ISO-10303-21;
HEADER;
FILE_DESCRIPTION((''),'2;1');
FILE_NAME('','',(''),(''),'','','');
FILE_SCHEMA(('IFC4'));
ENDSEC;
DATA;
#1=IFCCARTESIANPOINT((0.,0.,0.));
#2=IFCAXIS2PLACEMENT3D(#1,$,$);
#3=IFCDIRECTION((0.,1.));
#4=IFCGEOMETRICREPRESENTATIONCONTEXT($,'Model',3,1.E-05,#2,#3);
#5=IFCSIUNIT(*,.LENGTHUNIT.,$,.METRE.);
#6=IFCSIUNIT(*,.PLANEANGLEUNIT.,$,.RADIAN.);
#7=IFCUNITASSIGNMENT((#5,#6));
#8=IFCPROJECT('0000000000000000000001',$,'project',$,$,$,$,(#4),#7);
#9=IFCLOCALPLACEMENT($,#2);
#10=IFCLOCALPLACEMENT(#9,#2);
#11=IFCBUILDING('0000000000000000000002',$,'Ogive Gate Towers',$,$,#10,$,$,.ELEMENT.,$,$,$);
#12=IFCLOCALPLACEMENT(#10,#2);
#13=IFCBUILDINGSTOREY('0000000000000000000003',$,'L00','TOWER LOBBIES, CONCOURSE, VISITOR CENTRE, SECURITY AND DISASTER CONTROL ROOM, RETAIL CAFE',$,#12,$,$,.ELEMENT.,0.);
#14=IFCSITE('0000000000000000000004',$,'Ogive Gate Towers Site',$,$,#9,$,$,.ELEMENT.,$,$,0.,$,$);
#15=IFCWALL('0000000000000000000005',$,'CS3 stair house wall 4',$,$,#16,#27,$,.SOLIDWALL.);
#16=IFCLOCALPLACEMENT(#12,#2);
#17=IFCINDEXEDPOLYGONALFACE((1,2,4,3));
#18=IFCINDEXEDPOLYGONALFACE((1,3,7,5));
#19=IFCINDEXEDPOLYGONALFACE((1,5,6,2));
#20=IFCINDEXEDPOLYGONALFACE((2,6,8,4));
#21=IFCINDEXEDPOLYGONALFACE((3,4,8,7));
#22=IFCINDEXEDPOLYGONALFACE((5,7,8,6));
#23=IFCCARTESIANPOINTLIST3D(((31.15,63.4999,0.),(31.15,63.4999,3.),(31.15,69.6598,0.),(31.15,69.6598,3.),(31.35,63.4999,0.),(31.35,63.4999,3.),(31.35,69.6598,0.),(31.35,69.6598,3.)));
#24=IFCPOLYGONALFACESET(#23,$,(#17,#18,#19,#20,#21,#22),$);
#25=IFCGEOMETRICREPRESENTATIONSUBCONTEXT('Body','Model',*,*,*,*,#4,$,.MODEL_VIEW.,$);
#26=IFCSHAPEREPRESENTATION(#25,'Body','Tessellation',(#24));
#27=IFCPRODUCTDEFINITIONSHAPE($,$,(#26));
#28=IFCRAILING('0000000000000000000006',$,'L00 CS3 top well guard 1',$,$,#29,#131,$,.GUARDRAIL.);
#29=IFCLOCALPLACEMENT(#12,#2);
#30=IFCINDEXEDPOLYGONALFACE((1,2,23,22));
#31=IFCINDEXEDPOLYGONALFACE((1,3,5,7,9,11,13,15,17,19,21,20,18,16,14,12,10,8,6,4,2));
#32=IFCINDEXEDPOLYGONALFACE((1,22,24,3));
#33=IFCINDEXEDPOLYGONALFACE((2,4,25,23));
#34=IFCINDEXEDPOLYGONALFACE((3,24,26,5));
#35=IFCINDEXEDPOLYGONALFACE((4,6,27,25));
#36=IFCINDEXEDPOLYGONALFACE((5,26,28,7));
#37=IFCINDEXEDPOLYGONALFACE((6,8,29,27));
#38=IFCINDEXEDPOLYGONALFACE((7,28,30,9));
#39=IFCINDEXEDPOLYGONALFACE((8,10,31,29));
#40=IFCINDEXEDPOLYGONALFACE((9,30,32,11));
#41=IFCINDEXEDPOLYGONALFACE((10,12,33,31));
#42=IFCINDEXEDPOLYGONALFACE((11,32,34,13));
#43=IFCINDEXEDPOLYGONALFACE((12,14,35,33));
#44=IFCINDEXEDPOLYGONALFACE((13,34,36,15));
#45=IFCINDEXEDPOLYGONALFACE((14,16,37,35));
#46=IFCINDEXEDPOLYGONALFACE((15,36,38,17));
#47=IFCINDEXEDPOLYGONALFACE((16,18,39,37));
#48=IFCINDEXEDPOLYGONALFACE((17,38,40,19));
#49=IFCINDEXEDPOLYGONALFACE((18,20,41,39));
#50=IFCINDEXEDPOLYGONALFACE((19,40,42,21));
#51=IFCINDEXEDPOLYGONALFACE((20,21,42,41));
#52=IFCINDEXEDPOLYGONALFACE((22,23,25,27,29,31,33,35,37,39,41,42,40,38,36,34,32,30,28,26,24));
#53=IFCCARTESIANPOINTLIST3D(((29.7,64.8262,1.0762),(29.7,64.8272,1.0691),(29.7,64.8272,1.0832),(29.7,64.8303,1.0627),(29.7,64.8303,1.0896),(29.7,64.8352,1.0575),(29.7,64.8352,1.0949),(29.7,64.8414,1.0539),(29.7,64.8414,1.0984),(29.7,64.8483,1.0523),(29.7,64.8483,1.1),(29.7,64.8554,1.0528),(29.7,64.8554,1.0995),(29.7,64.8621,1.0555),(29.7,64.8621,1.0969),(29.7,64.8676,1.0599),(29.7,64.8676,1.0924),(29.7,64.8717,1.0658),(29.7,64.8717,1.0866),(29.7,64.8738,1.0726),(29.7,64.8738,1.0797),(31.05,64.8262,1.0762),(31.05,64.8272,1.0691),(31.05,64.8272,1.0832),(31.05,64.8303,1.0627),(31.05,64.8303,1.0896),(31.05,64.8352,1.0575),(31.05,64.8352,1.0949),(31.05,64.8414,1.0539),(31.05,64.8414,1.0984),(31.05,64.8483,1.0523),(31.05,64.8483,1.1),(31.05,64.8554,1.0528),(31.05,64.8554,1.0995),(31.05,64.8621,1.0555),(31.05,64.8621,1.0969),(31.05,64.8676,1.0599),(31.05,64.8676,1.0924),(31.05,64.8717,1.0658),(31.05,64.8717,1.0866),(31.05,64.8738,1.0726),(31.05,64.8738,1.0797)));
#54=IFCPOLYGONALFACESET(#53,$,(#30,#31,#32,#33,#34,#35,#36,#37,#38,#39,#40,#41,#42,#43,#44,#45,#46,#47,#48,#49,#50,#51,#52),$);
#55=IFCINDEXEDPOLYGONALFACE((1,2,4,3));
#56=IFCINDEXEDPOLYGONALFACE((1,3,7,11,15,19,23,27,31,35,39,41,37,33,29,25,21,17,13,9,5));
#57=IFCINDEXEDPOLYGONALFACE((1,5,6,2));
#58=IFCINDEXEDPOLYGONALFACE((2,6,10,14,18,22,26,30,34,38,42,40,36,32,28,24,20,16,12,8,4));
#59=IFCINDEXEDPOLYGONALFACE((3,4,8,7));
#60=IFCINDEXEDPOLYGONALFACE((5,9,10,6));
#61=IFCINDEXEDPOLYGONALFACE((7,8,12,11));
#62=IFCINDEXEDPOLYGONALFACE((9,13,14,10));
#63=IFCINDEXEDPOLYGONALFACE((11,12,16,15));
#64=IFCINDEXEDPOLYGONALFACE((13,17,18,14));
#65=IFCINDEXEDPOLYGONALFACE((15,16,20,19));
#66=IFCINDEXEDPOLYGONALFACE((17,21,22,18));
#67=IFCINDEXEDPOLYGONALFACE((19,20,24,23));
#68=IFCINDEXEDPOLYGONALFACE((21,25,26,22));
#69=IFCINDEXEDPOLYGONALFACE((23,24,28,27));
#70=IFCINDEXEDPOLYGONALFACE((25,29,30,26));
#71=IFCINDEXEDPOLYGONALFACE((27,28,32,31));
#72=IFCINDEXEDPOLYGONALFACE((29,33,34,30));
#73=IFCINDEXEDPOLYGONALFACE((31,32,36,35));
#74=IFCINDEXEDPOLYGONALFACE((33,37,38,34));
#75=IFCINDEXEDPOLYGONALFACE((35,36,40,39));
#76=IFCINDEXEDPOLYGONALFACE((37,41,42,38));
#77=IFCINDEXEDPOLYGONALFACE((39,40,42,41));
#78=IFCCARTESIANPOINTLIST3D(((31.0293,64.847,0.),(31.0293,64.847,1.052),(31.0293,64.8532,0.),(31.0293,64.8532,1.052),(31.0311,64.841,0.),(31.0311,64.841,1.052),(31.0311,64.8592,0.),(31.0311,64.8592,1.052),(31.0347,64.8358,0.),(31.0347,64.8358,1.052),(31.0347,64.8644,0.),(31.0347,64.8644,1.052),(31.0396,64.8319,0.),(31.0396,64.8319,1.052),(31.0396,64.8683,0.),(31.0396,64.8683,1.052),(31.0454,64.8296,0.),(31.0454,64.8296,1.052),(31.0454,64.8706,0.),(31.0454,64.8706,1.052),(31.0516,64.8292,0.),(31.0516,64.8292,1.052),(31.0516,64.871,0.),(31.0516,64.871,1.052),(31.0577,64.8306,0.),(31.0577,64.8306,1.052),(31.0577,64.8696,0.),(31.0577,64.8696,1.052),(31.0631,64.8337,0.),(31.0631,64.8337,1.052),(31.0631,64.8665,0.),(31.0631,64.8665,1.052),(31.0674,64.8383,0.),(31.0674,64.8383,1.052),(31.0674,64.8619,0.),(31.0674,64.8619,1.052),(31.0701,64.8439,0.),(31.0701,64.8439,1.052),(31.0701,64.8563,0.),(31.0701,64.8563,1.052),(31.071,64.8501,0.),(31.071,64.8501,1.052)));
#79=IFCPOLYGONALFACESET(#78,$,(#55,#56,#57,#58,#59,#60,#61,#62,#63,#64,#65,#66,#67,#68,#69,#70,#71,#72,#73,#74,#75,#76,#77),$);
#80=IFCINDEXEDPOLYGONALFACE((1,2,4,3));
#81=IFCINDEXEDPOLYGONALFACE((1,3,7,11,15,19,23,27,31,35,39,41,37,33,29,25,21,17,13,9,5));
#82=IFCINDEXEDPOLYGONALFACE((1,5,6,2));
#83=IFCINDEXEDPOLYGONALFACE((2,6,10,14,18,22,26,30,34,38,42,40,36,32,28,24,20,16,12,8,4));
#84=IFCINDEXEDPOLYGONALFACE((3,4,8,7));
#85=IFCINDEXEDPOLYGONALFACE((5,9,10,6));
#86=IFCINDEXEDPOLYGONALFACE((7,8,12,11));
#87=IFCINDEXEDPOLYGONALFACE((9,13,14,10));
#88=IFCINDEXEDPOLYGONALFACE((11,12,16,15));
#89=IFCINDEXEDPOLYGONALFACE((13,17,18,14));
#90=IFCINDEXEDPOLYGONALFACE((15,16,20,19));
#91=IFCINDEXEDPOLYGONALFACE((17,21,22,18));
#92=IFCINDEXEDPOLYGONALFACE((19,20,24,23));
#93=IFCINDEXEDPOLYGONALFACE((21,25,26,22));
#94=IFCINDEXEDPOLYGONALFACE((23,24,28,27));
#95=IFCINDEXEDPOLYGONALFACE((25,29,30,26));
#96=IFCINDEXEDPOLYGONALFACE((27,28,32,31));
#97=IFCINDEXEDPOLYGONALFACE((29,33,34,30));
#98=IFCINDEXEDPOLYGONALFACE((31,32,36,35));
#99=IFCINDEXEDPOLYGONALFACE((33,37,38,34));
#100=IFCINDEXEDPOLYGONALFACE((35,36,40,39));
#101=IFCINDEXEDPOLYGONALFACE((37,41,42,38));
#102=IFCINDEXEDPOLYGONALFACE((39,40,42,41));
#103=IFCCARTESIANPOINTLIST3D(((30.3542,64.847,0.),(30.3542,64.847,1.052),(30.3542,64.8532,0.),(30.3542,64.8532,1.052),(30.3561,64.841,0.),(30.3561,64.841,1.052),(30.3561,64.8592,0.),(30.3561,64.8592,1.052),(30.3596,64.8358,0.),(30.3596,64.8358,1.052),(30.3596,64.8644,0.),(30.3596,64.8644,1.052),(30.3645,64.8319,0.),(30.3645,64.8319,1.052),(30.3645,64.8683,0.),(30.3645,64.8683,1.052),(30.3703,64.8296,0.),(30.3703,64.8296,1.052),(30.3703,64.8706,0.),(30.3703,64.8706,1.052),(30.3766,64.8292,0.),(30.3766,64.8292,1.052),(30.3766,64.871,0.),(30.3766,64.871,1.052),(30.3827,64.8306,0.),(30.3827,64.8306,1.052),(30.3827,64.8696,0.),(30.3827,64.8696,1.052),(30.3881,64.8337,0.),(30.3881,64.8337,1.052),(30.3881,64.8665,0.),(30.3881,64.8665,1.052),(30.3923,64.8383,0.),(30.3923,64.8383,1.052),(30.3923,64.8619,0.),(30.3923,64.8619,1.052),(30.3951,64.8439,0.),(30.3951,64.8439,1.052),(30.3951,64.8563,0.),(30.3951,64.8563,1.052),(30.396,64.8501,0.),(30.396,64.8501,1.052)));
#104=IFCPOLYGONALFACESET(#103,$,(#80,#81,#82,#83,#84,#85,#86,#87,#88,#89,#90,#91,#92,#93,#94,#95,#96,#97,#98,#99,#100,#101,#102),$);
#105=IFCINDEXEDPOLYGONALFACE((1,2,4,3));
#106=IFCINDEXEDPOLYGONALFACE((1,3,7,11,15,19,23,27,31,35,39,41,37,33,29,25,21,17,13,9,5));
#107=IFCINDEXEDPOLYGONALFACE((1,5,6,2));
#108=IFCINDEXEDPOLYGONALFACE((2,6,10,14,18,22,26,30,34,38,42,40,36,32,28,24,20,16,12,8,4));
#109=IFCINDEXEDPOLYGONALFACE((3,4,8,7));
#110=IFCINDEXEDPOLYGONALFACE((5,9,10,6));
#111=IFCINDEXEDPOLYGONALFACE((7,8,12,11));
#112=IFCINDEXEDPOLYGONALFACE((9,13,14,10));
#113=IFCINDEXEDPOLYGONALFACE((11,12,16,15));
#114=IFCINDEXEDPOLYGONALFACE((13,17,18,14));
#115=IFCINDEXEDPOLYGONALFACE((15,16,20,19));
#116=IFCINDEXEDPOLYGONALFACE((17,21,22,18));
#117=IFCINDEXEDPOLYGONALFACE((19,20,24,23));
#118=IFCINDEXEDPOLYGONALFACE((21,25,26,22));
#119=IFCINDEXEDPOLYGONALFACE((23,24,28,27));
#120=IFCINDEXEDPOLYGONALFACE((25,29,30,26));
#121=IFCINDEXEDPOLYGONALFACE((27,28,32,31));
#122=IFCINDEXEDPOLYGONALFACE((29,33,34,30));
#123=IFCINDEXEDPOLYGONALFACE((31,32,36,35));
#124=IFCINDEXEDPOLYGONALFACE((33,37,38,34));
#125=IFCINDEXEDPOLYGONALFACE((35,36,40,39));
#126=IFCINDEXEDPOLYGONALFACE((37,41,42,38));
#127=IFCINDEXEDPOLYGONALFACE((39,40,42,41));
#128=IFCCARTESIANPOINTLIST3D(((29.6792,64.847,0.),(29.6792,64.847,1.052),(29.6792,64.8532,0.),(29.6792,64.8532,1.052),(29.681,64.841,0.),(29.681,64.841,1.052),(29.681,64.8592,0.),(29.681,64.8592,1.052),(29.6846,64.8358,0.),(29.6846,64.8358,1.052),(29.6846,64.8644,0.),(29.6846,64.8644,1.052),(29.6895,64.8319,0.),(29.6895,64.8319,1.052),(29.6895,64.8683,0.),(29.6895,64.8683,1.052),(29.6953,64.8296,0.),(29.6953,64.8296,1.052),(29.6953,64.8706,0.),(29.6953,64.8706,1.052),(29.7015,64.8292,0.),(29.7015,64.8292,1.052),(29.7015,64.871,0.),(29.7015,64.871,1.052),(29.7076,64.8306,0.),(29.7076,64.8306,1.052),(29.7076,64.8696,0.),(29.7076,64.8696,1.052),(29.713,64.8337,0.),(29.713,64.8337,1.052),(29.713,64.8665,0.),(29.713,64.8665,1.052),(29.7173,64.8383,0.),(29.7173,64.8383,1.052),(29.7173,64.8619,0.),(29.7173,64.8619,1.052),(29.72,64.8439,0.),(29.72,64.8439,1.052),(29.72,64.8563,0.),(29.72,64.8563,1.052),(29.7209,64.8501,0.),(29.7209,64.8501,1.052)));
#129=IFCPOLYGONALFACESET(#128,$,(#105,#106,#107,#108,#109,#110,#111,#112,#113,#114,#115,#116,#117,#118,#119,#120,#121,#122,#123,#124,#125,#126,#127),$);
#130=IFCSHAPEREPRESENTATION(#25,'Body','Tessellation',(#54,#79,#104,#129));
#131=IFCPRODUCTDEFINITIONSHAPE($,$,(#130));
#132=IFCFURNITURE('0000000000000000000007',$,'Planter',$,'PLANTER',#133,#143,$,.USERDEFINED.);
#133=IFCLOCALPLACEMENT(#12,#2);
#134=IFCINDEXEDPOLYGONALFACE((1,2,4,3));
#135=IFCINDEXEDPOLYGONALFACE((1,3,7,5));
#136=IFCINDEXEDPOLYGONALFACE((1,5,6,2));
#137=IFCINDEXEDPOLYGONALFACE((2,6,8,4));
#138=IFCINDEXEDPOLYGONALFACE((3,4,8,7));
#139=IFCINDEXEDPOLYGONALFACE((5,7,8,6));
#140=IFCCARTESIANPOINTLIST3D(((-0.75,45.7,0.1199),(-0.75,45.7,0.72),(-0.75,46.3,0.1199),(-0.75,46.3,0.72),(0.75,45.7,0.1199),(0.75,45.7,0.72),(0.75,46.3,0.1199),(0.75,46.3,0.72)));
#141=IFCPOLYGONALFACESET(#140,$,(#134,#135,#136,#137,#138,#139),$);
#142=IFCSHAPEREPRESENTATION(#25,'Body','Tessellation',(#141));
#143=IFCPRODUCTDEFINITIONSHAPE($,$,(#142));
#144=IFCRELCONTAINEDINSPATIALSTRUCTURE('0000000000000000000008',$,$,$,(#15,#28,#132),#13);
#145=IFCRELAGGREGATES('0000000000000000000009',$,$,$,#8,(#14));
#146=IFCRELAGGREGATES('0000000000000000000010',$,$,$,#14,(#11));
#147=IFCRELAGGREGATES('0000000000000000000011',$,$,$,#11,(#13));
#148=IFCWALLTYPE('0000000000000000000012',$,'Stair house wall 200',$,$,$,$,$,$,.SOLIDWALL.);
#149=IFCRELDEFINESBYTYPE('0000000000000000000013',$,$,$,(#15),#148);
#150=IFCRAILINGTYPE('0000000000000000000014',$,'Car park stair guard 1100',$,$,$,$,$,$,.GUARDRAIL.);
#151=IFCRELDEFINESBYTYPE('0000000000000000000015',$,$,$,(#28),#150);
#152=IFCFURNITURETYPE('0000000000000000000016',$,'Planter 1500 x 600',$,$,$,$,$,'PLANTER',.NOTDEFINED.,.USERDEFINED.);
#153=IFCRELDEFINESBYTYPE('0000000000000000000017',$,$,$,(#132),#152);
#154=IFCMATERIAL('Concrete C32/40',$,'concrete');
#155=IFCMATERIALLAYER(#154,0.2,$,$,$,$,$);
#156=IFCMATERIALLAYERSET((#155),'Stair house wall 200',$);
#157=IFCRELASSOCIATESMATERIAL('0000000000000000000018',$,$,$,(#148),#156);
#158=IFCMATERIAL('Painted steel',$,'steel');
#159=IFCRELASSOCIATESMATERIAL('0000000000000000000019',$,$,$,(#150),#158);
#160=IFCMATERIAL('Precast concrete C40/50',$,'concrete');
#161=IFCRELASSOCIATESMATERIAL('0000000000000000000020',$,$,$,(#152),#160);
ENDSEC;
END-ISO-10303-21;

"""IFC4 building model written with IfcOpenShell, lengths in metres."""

from ifc_helpers import new_model, si_unit, direction, frame, frame_2d, origin, origin_2d, place, context, subcontext, project, spatial, rectangle, circle, extrude, material, layer, layer_set, type_object, element, save


model = new_model("IFC4")

# Units and contexts
model_context = context("Model", 3, precision=1e-05, world=origin(), true_north=direction((0.0, 1.0)))
body_context = subcontext(model_context, "Body", "Model", "MODEL_VIEW")
ifc_project = project(units=[si_unit("LENGTHUNIT", "METRE"), si_unit("PLANEANGLEUNIT", "RADIAN")], contexts=[model_context])

# Site, building, storey
site_placement = place(None, origin())
site = spatial("IfcSite", under=ifc_project, at=site_placement, Name="Ogive Gate Towers Site", CompositionType="ELEMENT", RefElevation=0.0)
building_placement = place(site_placement, origin())
building = spatial("IfcBuilding", under=site, at=building_placement, Name="Ogive Gate Towers", CompositionType="ELEMENT")
storey_placement = place(building_placement, origin())
storey = spatial("IfcBuildingStorey", under=building, at=storey_placement, Name="L00", Description="TOWER LOBBIES, CONCOURSE, VISITOR CENTRE, SECURITY AND DISASTER CONTROL ROOM, RETAIL CAFE", CompositionType="ELEMENT", Elevation=0.0)

# Shared definitions
ifc_material_1 = material(Name="Precast concrete C40/50", Category="concrete")

# Shared definitions
ifc_material_2 = material(Name="Concrete C32/40", Category="concrete")
ifc_layer_1 = layer(ifc_material_2, 0.2)
ifc_layer_set_1 = layer_set([ifc_layer_1], Name="Stair house wall 200")
wall_type_1 = type_object("IfcWallType", Name="Stair house wall 200", PredefinedType="SOLIDWALL", material=ifc_layer_set_1)

# Wall
wall_1_placement = place(storey_placement, frame((31.25, 69.6599, 0.0), z_axis=(0.0, 0.0, 1.0), x_axis=(0.0, -1.0, 0.0)))
element("IfcWall", 1, at=wall_1_placement, inside=storey, type_object=wall_type_1, Name="CS3 stair house wall 4", PredefinedType="SOLIDWALL", context=body_context, shape_type="SweptSolid", body=[
    extrude(rectangle(XDim=6.1599, YDim=0.2, at=frame_2d((3.0801, 0.0))), origin(), (0.0, 0.0, 1.0), 3.0),
])

# Railing
ifc_material_3 = material(Name="Painted steel", Category="steel")
railing_type_1 = type_object("IfcRailingType", Name="Car park stair guard 1100", PredefinedType="GUARDRAIL", material=ifc_material_3)
railing_placement = place(storey_placement, frame((31.05, 64.8501, 0.0)))
element("IfcRailing", 2, at=railing_placement, inside=storey, type_object=railing_type_1, Name="L00 CS3 top well guard 1", PredefinedType="GUARDRAIL", context=body_context, shape_type="SweptSolid", body=[
    extrude(circle(Radius=0.0239, at=origin_2d()), frame((0.0, 0.0, 1.0762), z_axis=(-1.0, 0.0, 0.0), x_axis=(0.0, -1.0, 0.0)), (0.0, 0.0, 1.0), 1.3501),
    extrude(circle(Radius=0.021, at=origin_2d()), origin(), (0.0, 0.0, 1.0), 1.052),
    extrude(circle(Radius=0.021, at=origin_2d()), frame((-0.675, 0.0, 0.0)), (0.0, 0.0, 1.0), 1.052),
    extrude(circle(Radius=0.021, at=origin_2d()), frame((-1.3501, 0.0, 0.0)), (0.0, 0.0, 1.0), 1.052),
])

# Furniture
furniture_type = type_object("IfcFurnitureType", Name="Planter 1500 x 600", ElementType="PLANTER", AssemblyPlace="NOTDEFINED", PredefinedType="USERDEFINED", material=ifc_material_1)
furniture_placement = place(storey_placement, frame((0.0, 46.0, 0.1199), z_axis=(0.0, 0.0, 1.0), x_axis=(1.0, 0.0, 0.0)))
element("IfcFurniture", 3, at=furniture_placement, inside=storey, type_object=furniture_type, Name="Planter", ObjectType="PLANTER", PredefinedType="USERDEFINED", context=body_context, shape_type="SweptSolid", body=[
    extrude(rectangle(XDim=1.5, YDim=0.6001, at=origin_2d()), origin(), (0.0, 0.0, 1.0), 0.6001),
])

save(model, "model.ifc")
